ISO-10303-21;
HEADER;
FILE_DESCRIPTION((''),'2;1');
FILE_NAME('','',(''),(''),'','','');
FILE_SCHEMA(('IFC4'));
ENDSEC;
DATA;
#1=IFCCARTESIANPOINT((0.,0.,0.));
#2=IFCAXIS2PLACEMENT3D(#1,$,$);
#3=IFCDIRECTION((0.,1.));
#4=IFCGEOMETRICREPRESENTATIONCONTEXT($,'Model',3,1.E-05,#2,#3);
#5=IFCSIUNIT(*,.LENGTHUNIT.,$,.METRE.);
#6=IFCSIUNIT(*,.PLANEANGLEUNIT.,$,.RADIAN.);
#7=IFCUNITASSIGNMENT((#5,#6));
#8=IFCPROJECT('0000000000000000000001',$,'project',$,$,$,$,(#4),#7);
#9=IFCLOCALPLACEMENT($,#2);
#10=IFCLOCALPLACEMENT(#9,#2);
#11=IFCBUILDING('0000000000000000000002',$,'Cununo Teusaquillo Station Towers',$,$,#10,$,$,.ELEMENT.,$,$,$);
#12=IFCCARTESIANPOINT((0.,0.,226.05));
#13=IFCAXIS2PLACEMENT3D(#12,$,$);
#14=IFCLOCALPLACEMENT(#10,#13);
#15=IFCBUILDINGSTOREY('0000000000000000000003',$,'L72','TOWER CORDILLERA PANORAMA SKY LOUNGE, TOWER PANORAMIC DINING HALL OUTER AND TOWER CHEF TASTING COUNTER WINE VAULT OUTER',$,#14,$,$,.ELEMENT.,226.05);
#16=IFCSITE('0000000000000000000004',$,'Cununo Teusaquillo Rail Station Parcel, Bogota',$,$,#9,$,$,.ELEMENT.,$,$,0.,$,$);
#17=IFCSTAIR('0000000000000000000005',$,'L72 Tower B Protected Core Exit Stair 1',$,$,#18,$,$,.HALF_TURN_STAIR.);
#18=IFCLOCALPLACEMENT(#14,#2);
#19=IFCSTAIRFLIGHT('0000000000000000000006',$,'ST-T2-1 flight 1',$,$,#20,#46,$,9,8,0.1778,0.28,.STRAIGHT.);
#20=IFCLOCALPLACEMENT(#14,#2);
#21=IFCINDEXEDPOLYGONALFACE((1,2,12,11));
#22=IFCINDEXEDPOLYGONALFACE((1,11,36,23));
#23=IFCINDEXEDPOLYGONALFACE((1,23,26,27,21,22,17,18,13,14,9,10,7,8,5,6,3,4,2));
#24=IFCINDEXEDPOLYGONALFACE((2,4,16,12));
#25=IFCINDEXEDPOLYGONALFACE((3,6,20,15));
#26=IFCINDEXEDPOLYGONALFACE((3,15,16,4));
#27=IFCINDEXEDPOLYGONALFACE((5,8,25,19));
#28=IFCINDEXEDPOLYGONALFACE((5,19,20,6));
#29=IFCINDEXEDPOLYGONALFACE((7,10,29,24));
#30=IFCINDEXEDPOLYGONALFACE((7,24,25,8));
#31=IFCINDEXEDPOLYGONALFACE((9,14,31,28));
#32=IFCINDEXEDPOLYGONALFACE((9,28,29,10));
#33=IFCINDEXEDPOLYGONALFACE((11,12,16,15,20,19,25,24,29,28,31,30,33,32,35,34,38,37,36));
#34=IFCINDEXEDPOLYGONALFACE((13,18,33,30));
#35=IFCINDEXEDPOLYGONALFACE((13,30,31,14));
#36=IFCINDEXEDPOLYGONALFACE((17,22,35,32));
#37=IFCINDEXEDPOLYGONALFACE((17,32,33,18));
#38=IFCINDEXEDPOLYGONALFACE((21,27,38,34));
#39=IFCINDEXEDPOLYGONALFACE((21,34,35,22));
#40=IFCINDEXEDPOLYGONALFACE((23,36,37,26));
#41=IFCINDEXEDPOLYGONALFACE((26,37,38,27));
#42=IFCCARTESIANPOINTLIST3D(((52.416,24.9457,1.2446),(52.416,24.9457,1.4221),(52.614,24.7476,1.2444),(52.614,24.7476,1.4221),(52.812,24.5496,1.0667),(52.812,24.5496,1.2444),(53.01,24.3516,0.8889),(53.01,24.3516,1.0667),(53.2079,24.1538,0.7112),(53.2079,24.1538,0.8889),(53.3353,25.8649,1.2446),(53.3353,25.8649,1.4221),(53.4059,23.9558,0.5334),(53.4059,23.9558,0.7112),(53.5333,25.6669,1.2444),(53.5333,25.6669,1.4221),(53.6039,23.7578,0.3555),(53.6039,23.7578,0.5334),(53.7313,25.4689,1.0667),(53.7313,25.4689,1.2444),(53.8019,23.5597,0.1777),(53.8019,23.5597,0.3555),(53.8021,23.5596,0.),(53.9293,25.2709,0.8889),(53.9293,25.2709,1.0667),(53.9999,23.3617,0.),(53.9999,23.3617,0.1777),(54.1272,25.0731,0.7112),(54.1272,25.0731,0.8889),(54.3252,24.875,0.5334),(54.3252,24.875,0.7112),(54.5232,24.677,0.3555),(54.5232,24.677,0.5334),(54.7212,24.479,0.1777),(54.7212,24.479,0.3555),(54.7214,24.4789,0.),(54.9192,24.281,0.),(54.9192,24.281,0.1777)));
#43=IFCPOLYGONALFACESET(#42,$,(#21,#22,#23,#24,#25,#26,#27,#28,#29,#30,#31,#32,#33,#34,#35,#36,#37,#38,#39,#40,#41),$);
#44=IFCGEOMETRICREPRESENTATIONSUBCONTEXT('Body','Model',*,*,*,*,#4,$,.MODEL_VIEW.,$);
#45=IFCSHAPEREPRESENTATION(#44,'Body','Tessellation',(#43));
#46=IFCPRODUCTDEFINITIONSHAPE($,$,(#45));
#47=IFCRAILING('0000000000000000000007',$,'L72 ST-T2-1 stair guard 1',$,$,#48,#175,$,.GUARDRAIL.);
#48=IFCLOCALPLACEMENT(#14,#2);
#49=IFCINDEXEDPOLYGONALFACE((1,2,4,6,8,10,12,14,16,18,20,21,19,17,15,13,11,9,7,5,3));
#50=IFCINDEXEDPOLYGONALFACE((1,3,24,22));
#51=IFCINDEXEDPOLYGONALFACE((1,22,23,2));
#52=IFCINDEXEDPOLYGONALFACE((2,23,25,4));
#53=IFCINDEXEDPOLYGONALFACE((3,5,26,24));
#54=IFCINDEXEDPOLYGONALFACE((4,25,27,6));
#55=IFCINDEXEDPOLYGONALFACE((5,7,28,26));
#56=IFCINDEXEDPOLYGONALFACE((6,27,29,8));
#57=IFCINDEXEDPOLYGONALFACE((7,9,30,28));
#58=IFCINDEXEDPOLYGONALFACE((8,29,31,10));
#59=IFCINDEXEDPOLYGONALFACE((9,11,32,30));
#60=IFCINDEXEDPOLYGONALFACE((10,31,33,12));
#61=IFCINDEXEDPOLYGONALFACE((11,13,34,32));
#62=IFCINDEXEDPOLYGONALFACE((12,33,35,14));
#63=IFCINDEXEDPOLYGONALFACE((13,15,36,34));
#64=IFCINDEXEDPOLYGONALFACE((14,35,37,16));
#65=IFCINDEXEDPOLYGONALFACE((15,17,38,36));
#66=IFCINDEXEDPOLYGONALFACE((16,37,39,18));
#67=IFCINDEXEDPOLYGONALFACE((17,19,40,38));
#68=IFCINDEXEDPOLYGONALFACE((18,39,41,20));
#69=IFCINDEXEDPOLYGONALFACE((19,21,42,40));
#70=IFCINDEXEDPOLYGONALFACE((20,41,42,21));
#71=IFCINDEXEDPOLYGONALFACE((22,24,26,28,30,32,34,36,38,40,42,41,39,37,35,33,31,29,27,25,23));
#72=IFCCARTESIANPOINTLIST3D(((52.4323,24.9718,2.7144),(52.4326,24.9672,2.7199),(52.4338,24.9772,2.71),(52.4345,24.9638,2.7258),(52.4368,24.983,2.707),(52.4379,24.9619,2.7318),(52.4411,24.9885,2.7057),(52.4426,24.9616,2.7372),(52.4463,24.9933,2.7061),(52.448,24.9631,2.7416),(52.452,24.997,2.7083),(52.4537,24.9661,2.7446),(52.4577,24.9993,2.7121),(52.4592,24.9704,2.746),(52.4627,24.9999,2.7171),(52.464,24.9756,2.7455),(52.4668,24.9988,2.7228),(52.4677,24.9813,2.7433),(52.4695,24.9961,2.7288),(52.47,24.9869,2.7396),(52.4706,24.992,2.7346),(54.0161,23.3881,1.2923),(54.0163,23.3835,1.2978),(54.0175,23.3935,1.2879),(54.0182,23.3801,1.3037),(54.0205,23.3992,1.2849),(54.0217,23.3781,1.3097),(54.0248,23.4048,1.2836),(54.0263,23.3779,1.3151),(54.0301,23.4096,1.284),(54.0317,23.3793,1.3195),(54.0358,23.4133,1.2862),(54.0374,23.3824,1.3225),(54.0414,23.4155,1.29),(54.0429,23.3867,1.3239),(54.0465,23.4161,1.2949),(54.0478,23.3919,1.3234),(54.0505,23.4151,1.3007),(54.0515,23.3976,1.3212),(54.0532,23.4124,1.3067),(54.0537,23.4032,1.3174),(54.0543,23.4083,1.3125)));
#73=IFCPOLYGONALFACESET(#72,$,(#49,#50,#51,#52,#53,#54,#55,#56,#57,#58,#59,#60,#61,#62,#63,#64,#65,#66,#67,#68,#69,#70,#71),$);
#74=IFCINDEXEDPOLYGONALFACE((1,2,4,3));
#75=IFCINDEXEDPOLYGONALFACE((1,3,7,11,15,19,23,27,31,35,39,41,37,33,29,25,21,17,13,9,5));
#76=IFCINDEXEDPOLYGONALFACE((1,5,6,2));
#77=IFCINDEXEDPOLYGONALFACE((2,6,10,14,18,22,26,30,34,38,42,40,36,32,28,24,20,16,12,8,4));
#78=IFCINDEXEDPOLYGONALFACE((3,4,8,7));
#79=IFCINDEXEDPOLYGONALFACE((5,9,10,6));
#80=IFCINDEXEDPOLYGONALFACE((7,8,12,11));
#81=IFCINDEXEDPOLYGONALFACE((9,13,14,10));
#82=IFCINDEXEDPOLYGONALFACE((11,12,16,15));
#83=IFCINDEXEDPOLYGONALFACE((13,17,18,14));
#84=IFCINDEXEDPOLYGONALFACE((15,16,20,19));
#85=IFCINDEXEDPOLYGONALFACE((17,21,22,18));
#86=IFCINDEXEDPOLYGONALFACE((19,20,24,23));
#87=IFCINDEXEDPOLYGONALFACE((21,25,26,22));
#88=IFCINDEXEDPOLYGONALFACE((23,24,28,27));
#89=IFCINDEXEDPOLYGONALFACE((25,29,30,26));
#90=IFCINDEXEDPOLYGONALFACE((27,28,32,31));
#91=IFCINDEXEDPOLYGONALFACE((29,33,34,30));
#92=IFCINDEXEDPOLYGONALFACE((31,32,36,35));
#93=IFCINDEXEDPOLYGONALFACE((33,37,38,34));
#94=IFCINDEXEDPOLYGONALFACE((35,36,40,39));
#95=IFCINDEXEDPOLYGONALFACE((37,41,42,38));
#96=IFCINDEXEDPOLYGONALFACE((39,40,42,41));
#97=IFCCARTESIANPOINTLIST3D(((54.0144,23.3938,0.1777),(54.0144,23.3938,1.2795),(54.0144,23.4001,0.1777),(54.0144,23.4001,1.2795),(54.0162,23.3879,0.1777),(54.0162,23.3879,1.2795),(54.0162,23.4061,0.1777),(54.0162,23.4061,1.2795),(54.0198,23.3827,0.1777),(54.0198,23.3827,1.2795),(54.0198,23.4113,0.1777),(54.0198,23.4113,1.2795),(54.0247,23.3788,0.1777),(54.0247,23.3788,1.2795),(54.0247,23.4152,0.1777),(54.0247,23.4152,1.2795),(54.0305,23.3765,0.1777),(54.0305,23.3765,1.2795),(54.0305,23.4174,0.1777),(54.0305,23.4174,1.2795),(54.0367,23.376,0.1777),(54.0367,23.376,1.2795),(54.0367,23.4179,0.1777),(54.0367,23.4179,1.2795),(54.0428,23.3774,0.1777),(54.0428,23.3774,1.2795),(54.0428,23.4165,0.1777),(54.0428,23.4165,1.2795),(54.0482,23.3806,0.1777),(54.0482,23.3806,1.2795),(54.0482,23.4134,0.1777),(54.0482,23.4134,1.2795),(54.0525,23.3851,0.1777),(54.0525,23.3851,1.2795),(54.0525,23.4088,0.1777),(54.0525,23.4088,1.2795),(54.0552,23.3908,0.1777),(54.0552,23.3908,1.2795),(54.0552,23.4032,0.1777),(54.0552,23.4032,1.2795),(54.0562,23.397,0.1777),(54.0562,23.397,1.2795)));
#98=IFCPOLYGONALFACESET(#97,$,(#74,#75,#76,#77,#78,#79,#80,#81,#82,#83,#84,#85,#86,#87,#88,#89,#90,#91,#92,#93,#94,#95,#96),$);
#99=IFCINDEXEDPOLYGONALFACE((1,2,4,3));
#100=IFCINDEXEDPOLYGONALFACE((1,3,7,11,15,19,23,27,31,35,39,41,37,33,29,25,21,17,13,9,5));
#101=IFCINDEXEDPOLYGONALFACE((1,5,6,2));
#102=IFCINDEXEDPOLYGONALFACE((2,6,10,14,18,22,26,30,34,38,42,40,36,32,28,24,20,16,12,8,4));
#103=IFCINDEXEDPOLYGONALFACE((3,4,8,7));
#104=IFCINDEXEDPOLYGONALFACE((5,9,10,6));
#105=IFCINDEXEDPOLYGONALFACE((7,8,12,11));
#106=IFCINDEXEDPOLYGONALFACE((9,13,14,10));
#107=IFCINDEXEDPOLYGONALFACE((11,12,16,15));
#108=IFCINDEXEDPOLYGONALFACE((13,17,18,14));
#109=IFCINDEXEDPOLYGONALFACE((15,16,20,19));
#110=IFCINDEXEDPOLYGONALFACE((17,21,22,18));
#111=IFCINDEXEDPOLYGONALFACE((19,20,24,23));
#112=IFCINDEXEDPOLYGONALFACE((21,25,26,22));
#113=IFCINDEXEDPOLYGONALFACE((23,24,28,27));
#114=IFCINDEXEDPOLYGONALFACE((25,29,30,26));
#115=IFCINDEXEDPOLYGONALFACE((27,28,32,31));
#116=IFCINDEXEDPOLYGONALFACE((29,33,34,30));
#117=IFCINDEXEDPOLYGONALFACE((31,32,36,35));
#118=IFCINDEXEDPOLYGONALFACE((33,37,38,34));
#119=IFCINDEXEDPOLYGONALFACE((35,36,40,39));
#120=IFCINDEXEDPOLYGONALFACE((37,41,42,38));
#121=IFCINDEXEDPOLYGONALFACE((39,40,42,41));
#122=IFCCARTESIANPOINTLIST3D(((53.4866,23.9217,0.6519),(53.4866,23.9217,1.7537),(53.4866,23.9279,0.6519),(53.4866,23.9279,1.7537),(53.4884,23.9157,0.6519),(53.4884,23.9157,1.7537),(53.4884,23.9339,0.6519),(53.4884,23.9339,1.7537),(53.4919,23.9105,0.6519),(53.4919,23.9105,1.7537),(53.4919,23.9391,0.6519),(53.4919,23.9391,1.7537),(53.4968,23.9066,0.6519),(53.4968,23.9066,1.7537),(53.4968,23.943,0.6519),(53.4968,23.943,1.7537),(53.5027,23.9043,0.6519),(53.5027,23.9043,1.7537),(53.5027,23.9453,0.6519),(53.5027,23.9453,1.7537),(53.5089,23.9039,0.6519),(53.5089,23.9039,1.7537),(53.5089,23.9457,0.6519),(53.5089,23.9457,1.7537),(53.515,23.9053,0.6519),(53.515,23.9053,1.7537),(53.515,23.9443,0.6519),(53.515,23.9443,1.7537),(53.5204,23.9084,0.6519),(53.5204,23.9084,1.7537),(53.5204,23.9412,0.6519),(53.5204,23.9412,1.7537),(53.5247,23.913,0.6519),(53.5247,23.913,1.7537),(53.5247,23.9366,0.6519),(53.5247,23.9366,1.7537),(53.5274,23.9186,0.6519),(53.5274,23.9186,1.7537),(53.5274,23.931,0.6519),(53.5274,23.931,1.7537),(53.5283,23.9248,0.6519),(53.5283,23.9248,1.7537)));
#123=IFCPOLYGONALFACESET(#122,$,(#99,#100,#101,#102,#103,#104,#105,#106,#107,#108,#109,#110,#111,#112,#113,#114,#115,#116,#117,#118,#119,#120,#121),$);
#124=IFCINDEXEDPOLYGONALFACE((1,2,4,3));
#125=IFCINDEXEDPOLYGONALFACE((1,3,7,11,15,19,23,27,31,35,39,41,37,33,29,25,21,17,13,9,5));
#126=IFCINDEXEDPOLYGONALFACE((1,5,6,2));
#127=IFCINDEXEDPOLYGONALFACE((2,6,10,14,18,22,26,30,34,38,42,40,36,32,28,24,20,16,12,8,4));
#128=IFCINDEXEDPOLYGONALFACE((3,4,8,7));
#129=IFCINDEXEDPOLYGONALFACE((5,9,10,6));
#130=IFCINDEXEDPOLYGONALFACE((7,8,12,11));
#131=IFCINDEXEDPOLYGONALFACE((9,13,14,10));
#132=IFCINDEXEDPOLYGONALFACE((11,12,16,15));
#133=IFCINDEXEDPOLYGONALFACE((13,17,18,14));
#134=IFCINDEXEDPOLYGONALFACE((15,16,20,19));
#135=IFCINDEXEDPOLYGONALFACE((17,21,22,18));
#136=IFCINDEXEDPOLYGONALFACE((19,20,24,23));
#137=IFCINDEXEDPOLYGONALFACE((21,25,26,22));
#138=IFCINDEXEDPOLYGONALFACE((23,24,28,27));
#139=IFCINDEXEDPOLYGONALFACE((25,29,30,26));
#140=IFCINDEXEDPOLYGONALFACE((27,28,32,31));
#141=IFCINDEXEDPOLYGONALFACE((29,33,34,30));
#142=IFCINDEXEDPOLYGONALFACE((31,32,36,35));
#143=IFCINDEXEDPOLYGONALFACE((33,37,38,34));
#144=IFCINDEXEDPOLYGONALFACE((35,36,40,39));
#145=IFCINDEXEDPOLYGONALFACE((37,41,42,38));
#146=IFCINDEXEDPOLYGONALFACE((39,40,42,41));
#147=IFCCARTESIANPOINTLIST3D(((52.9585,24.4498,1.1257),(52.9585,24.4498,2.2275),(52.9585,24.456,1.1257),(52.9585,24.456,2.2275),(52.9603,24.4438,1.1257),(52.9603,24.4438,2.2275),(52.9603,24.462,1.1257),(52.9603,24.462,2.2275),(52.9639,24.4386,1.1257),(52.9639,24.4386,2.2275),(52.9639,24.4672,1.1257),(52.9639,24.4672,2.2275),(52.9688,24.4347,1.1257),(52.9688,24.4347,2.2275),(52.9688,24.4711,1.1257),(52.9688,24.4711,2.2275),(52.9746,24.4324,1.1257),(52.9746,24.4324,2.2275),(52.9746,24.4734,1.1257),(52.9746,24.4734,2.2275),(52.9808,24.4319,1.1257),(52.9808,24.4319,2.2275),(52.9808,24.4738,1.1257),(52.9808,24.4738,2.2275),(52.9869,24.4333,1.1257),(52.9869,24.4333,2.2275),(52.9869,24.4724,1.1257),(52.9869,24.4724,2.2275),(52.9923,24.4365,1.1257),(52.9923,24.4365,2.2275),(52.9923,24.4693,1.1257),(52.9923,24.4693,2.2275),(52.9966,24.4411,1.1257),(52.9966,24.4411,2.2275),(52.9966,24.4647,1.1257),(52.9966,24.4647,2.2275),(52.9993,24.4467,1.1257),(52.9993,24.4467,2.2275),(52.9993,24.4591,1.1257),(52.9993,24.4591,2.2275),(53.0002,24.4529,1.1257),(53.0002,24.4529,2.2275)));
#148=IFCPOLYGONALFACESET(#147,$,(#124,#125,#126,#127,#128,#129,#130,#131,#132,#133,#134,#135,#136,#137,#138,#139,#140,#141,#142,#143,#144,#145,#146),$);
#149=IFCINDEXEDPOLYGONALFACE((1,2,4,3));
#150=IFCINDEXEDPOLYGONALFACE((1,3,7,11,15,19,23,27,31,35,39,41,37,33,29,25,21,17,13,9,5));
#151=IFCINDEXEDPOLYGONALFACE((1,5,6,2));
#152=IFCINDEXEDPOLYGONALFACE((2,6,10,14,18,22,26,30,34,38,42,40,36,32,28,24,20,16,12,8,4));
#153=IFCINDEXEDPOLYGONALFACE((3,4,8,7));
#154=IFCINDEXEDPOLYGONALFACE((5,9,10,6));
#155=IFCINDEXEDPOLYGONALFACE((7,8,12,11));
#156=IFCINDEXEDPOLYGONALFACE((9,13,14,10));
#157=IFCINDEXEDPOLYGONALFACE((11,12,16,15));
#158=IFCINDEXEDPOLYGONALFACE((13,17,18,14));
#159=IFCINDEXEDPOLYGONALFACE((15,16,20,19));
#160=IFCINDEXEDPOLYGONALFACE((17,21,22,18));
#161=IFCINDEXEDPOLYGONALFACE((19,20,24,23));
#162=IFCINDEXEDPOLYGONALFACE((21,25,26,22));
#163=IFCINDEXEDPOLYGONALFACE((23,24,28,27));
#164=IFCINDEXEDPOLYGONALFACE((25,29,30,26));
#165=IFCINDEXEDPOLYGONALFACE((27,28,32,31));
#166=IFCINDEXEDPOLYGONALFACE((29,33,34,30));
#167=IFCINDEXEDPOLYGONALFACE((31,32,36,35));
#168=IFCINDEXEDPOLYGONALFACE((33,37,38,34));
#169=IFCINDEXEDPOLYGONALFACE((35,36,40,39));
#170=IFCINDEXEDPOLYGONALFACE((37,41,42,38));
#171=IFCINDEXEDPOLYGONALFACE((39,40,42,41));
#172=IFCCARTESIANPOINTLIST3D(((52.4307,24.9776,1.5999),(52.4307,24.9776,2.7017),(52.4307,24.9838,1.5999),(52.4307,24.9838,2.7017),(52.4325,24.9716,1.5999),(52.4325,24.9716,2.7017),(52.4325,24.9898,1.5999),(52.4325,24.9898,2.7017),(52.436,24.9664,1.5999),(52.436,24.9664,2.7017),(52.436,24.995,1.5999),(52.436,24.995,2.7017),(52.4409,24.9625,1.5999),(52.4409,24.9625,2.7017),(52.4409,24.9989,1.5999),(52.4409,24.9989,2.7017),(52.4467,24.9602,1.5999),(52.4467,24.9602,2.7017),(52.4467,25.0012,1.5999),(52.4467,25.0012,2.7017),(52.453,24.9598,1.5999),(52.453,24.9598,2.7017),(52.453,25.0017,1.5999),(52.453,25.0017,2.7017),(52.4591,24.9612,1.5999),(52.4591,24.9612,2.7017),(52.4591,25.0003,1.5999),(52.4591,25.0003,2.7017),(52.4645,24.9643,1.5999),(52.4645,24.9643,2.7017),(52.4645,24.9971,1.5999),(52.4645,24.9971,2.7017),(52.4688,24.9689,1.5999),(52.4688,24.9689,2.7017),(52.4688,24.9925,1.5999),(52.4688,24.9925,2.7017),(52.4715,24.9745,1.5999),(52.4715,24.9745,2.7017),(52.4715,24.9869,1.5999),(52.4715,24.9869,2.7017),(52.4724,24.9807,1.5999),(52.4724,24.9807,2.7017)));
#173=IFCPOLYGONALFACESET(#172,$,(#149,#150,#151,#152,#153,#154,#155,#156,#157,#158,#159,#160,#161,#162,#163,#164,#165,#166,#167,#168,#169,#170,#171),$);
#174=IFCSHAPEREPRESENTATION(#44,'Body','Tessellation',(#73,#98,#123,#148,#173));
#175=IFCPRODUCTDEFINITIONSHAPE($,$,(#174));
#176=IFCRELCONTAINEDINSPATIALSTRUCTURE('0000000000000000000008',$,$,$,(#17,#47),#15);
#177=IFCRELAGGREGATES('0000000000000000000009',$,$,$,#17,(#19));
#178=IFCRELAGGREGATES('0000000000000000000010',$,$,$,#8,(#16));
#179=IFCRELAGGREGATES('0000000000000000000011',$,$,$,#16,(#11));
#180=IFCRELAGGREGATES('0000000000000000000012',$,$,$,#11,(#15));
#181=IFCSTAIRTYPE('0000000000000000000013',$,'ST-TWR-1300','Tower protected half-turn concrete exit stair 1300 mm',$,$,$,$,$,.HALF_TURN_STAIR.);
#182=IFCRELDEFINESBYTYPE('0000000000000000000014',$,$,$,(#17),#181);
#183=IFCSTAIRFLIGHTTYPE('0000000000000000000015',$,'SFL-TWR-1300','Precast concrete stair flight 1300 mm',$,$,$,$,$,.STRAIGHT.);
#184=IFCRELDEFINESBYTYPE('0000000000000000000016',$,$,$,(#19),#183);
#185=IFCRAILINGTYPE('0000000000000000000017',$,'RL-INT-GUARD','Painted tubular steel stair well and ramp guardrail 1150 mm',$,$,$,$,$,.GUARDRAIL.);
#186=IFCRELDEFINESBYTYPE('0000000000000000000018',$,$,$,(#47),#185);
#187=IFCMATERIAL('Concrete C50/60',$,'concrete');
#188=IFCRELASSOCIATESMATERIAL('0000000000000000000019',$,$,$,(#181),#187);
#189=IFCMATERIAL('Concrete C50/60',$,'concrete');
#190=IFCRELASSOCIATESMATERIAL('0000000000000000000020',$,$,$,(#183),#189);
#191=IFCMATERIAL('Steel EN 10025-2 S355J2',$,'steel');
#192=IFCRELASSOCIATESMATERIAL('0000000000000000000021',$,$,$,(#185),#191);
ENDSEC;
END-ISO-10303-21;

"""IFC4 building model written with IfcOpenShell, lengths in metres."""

from ifc_helpers import new_model, si_unit, direction, frame, origin, origin_2d, place, context, subcontext, project, spatial, polyline, circle, outline, extrude, material, type_object, element, aggregate, save


model = new_model("IFC4")

# Units and contexts
model_context = context("Model", 3, precision=1e-05, world=origin(), true_north=direction((0.0, 1.0)))
body_context = subcontext(model_context, "Body", "Model", "MODEL_VIEW")
ifc_project = project(units=[si_unit("LENGTHUNIT", "METRE"), si_unit("PLANEANGLEUNIT", "RADIAN")], contexts=[model_context])

# Site, building, storey
site_placement = place(None, origin())
site = spatial("IfcSite", under=ifc_project, at=site_placement, Name="Cununo Teusaquillo Rail Station Parcel, Bogota", CompositionType="ELEMENT", RefElevation=0.0)
building_placement = place(site_placement, origin())
building = spatial("IfcBuilding", under=site, at=building_placement, Name="Cununo Teusaquillo Station Towers", CompositionType="ELEMENT")
storey_placement = place(building_placement, frame((0.0, 0.0, 226.05)))
storey = spatial("IfcBuildingStorey", under=building, at=storey_placement, Name="L72", Description="TOWER CORDILLERA PANORAMA SKY LOUNGE, TOWER PANORAMIC DINING HALL OUTER AND TOWER CHEF TASTING COUNTER WINE VAULT OUTER", CompositionType="ELEMENT", Elevation=226.05)

# Stair, stair flight
ifc_material_1 = material(Name="Concrete C50/60", Category="concrete")
stair_type = type_object("IfcStairType", Name="ST-TWR-1300", Description="Tower protected half-turn concrete exit stair 1300 mm", PredefinedType="HALF_TURN_STAIR", material=ifc_material_1)
stair_placement = place(storey_placement, origin())
stair = element("IfcStair", 1, at=stair_placement, inside=storey, type_object=stair_type, Name="L72 Tower B Protected Core Exit Stair 1", PredefinedType="HALF_TURN_STAIR")
ifc_material_2 = material(Name="Concrete C50/60", Category="concrete")
stair_flight_type = type_object("IfcStairFlightType", Name="SFL-TWR-1300", Description="Precast concrete stair flight 1300 mm", PredefinedType="STRAIGHT", material=ifc_material_2)
stair_flight_placement = place(storey_placement, frame((54.4595, 23.8213, 0.0), z_axis=(0.0, 0.0, 1.0), x_axis=(-0.707107, 0.707107, 0.0)))
stair_flight = element("IfcStairFlight", 2, at=stair_flight_placement, type_object=stair_flight_type, Name="ST-T2-1 flight 1", NumberOfRisers=9, NumberOfTreads=8, PredefinedType="STRAIGHT", RiserHeight=0.1778, TreadLength=0.28, context=body_context, shape_type="SweptSolid", body=[
    extrude(outline(polyline([(0.0, 0.0), (0.0, 0.1777), (0.28, 0.1777), (0.28, 0.3555), (0.5601, 0.3555), (0.5601, 0.5334), (0.8401, 0.5334), (0.8401, 0.7112), (1.1201, 0.7112), (1.1201, 0.8889), (1.3999, 0.8889), (1.3999, 1.0667), (1.6799, 1.0667), (1.6799, 1.2444), (1.96, 1.2444), (1.96, 1.4221), (2.24, 1.4221), (2.24, 1.6001), (2.24, 1.2446), (0.2798, 0.0), (0.0, 0.0)])), frame((0.0, 0.6499, 0.0), z_axis=(0.0, -1.0, 0.0), x_axis=(1.0, 0.0, 0.0)), (0.0, 0.0, 1.0), 1.3),
])
aggregate(stair, [stair_flight])

# Railing
ifc_material_3 = material(Name="Steel EN 10025-2 S355J2", Category="steel")
railing_type_1 = type_object("IfcRailingType", Name="RL-INT-GUARD", Description="Painted tubular steel stair well and ramp guardrail 1150 mm", PredefinedType="GUARDRAIL", material=ifc_material_3)
railing_1_placement = place(storey_placement, frame((54.0352, 23.397, 0.1777)))
element("IfcRailing", 3, at=railing_1_placement, inside=storey, type_object=railing_type_1, Name="L72 ST-T2-1 stair guard 1", PredefinedType="GUARDRAIL", context=body_context, shape_type="SweptSolid", body=[
    extrude(circle(Radius=0.0239, at=origin_2d()), frame((0.0, 0.0, 1.126), z_axis=(-0.596942, 0.596942, 0.536024), x_axis=(-0.707107, -0.707107, 0.0)), (0.0, 0.0, 1.0), 2.6531),
    extrude(circle(Radius=0.021, at=origin_2d()), origin(), (0.0, 0.0, 1.0), 1.1018),
    extrude(circle(Radius=0.021, at=origin_2d()), frame((-0.5278, 0.5278, 0.4741)), (0.0, 0.0, 1.0), 1.1018),
    extrude(circle(Radius=0.021, at=origin_2d()), frame((-1.0559, 1.0559, 0.948)), (0.0, 0.0, 1.0), 1.1018),
    extrude(circle(Radius=0.021, at=origin_2d()), frame((-1.5837, 1.5837, 1.4221)), (0.0, 0.0, 1.0), 1.1018),
])

save(model, "model.ifc")
